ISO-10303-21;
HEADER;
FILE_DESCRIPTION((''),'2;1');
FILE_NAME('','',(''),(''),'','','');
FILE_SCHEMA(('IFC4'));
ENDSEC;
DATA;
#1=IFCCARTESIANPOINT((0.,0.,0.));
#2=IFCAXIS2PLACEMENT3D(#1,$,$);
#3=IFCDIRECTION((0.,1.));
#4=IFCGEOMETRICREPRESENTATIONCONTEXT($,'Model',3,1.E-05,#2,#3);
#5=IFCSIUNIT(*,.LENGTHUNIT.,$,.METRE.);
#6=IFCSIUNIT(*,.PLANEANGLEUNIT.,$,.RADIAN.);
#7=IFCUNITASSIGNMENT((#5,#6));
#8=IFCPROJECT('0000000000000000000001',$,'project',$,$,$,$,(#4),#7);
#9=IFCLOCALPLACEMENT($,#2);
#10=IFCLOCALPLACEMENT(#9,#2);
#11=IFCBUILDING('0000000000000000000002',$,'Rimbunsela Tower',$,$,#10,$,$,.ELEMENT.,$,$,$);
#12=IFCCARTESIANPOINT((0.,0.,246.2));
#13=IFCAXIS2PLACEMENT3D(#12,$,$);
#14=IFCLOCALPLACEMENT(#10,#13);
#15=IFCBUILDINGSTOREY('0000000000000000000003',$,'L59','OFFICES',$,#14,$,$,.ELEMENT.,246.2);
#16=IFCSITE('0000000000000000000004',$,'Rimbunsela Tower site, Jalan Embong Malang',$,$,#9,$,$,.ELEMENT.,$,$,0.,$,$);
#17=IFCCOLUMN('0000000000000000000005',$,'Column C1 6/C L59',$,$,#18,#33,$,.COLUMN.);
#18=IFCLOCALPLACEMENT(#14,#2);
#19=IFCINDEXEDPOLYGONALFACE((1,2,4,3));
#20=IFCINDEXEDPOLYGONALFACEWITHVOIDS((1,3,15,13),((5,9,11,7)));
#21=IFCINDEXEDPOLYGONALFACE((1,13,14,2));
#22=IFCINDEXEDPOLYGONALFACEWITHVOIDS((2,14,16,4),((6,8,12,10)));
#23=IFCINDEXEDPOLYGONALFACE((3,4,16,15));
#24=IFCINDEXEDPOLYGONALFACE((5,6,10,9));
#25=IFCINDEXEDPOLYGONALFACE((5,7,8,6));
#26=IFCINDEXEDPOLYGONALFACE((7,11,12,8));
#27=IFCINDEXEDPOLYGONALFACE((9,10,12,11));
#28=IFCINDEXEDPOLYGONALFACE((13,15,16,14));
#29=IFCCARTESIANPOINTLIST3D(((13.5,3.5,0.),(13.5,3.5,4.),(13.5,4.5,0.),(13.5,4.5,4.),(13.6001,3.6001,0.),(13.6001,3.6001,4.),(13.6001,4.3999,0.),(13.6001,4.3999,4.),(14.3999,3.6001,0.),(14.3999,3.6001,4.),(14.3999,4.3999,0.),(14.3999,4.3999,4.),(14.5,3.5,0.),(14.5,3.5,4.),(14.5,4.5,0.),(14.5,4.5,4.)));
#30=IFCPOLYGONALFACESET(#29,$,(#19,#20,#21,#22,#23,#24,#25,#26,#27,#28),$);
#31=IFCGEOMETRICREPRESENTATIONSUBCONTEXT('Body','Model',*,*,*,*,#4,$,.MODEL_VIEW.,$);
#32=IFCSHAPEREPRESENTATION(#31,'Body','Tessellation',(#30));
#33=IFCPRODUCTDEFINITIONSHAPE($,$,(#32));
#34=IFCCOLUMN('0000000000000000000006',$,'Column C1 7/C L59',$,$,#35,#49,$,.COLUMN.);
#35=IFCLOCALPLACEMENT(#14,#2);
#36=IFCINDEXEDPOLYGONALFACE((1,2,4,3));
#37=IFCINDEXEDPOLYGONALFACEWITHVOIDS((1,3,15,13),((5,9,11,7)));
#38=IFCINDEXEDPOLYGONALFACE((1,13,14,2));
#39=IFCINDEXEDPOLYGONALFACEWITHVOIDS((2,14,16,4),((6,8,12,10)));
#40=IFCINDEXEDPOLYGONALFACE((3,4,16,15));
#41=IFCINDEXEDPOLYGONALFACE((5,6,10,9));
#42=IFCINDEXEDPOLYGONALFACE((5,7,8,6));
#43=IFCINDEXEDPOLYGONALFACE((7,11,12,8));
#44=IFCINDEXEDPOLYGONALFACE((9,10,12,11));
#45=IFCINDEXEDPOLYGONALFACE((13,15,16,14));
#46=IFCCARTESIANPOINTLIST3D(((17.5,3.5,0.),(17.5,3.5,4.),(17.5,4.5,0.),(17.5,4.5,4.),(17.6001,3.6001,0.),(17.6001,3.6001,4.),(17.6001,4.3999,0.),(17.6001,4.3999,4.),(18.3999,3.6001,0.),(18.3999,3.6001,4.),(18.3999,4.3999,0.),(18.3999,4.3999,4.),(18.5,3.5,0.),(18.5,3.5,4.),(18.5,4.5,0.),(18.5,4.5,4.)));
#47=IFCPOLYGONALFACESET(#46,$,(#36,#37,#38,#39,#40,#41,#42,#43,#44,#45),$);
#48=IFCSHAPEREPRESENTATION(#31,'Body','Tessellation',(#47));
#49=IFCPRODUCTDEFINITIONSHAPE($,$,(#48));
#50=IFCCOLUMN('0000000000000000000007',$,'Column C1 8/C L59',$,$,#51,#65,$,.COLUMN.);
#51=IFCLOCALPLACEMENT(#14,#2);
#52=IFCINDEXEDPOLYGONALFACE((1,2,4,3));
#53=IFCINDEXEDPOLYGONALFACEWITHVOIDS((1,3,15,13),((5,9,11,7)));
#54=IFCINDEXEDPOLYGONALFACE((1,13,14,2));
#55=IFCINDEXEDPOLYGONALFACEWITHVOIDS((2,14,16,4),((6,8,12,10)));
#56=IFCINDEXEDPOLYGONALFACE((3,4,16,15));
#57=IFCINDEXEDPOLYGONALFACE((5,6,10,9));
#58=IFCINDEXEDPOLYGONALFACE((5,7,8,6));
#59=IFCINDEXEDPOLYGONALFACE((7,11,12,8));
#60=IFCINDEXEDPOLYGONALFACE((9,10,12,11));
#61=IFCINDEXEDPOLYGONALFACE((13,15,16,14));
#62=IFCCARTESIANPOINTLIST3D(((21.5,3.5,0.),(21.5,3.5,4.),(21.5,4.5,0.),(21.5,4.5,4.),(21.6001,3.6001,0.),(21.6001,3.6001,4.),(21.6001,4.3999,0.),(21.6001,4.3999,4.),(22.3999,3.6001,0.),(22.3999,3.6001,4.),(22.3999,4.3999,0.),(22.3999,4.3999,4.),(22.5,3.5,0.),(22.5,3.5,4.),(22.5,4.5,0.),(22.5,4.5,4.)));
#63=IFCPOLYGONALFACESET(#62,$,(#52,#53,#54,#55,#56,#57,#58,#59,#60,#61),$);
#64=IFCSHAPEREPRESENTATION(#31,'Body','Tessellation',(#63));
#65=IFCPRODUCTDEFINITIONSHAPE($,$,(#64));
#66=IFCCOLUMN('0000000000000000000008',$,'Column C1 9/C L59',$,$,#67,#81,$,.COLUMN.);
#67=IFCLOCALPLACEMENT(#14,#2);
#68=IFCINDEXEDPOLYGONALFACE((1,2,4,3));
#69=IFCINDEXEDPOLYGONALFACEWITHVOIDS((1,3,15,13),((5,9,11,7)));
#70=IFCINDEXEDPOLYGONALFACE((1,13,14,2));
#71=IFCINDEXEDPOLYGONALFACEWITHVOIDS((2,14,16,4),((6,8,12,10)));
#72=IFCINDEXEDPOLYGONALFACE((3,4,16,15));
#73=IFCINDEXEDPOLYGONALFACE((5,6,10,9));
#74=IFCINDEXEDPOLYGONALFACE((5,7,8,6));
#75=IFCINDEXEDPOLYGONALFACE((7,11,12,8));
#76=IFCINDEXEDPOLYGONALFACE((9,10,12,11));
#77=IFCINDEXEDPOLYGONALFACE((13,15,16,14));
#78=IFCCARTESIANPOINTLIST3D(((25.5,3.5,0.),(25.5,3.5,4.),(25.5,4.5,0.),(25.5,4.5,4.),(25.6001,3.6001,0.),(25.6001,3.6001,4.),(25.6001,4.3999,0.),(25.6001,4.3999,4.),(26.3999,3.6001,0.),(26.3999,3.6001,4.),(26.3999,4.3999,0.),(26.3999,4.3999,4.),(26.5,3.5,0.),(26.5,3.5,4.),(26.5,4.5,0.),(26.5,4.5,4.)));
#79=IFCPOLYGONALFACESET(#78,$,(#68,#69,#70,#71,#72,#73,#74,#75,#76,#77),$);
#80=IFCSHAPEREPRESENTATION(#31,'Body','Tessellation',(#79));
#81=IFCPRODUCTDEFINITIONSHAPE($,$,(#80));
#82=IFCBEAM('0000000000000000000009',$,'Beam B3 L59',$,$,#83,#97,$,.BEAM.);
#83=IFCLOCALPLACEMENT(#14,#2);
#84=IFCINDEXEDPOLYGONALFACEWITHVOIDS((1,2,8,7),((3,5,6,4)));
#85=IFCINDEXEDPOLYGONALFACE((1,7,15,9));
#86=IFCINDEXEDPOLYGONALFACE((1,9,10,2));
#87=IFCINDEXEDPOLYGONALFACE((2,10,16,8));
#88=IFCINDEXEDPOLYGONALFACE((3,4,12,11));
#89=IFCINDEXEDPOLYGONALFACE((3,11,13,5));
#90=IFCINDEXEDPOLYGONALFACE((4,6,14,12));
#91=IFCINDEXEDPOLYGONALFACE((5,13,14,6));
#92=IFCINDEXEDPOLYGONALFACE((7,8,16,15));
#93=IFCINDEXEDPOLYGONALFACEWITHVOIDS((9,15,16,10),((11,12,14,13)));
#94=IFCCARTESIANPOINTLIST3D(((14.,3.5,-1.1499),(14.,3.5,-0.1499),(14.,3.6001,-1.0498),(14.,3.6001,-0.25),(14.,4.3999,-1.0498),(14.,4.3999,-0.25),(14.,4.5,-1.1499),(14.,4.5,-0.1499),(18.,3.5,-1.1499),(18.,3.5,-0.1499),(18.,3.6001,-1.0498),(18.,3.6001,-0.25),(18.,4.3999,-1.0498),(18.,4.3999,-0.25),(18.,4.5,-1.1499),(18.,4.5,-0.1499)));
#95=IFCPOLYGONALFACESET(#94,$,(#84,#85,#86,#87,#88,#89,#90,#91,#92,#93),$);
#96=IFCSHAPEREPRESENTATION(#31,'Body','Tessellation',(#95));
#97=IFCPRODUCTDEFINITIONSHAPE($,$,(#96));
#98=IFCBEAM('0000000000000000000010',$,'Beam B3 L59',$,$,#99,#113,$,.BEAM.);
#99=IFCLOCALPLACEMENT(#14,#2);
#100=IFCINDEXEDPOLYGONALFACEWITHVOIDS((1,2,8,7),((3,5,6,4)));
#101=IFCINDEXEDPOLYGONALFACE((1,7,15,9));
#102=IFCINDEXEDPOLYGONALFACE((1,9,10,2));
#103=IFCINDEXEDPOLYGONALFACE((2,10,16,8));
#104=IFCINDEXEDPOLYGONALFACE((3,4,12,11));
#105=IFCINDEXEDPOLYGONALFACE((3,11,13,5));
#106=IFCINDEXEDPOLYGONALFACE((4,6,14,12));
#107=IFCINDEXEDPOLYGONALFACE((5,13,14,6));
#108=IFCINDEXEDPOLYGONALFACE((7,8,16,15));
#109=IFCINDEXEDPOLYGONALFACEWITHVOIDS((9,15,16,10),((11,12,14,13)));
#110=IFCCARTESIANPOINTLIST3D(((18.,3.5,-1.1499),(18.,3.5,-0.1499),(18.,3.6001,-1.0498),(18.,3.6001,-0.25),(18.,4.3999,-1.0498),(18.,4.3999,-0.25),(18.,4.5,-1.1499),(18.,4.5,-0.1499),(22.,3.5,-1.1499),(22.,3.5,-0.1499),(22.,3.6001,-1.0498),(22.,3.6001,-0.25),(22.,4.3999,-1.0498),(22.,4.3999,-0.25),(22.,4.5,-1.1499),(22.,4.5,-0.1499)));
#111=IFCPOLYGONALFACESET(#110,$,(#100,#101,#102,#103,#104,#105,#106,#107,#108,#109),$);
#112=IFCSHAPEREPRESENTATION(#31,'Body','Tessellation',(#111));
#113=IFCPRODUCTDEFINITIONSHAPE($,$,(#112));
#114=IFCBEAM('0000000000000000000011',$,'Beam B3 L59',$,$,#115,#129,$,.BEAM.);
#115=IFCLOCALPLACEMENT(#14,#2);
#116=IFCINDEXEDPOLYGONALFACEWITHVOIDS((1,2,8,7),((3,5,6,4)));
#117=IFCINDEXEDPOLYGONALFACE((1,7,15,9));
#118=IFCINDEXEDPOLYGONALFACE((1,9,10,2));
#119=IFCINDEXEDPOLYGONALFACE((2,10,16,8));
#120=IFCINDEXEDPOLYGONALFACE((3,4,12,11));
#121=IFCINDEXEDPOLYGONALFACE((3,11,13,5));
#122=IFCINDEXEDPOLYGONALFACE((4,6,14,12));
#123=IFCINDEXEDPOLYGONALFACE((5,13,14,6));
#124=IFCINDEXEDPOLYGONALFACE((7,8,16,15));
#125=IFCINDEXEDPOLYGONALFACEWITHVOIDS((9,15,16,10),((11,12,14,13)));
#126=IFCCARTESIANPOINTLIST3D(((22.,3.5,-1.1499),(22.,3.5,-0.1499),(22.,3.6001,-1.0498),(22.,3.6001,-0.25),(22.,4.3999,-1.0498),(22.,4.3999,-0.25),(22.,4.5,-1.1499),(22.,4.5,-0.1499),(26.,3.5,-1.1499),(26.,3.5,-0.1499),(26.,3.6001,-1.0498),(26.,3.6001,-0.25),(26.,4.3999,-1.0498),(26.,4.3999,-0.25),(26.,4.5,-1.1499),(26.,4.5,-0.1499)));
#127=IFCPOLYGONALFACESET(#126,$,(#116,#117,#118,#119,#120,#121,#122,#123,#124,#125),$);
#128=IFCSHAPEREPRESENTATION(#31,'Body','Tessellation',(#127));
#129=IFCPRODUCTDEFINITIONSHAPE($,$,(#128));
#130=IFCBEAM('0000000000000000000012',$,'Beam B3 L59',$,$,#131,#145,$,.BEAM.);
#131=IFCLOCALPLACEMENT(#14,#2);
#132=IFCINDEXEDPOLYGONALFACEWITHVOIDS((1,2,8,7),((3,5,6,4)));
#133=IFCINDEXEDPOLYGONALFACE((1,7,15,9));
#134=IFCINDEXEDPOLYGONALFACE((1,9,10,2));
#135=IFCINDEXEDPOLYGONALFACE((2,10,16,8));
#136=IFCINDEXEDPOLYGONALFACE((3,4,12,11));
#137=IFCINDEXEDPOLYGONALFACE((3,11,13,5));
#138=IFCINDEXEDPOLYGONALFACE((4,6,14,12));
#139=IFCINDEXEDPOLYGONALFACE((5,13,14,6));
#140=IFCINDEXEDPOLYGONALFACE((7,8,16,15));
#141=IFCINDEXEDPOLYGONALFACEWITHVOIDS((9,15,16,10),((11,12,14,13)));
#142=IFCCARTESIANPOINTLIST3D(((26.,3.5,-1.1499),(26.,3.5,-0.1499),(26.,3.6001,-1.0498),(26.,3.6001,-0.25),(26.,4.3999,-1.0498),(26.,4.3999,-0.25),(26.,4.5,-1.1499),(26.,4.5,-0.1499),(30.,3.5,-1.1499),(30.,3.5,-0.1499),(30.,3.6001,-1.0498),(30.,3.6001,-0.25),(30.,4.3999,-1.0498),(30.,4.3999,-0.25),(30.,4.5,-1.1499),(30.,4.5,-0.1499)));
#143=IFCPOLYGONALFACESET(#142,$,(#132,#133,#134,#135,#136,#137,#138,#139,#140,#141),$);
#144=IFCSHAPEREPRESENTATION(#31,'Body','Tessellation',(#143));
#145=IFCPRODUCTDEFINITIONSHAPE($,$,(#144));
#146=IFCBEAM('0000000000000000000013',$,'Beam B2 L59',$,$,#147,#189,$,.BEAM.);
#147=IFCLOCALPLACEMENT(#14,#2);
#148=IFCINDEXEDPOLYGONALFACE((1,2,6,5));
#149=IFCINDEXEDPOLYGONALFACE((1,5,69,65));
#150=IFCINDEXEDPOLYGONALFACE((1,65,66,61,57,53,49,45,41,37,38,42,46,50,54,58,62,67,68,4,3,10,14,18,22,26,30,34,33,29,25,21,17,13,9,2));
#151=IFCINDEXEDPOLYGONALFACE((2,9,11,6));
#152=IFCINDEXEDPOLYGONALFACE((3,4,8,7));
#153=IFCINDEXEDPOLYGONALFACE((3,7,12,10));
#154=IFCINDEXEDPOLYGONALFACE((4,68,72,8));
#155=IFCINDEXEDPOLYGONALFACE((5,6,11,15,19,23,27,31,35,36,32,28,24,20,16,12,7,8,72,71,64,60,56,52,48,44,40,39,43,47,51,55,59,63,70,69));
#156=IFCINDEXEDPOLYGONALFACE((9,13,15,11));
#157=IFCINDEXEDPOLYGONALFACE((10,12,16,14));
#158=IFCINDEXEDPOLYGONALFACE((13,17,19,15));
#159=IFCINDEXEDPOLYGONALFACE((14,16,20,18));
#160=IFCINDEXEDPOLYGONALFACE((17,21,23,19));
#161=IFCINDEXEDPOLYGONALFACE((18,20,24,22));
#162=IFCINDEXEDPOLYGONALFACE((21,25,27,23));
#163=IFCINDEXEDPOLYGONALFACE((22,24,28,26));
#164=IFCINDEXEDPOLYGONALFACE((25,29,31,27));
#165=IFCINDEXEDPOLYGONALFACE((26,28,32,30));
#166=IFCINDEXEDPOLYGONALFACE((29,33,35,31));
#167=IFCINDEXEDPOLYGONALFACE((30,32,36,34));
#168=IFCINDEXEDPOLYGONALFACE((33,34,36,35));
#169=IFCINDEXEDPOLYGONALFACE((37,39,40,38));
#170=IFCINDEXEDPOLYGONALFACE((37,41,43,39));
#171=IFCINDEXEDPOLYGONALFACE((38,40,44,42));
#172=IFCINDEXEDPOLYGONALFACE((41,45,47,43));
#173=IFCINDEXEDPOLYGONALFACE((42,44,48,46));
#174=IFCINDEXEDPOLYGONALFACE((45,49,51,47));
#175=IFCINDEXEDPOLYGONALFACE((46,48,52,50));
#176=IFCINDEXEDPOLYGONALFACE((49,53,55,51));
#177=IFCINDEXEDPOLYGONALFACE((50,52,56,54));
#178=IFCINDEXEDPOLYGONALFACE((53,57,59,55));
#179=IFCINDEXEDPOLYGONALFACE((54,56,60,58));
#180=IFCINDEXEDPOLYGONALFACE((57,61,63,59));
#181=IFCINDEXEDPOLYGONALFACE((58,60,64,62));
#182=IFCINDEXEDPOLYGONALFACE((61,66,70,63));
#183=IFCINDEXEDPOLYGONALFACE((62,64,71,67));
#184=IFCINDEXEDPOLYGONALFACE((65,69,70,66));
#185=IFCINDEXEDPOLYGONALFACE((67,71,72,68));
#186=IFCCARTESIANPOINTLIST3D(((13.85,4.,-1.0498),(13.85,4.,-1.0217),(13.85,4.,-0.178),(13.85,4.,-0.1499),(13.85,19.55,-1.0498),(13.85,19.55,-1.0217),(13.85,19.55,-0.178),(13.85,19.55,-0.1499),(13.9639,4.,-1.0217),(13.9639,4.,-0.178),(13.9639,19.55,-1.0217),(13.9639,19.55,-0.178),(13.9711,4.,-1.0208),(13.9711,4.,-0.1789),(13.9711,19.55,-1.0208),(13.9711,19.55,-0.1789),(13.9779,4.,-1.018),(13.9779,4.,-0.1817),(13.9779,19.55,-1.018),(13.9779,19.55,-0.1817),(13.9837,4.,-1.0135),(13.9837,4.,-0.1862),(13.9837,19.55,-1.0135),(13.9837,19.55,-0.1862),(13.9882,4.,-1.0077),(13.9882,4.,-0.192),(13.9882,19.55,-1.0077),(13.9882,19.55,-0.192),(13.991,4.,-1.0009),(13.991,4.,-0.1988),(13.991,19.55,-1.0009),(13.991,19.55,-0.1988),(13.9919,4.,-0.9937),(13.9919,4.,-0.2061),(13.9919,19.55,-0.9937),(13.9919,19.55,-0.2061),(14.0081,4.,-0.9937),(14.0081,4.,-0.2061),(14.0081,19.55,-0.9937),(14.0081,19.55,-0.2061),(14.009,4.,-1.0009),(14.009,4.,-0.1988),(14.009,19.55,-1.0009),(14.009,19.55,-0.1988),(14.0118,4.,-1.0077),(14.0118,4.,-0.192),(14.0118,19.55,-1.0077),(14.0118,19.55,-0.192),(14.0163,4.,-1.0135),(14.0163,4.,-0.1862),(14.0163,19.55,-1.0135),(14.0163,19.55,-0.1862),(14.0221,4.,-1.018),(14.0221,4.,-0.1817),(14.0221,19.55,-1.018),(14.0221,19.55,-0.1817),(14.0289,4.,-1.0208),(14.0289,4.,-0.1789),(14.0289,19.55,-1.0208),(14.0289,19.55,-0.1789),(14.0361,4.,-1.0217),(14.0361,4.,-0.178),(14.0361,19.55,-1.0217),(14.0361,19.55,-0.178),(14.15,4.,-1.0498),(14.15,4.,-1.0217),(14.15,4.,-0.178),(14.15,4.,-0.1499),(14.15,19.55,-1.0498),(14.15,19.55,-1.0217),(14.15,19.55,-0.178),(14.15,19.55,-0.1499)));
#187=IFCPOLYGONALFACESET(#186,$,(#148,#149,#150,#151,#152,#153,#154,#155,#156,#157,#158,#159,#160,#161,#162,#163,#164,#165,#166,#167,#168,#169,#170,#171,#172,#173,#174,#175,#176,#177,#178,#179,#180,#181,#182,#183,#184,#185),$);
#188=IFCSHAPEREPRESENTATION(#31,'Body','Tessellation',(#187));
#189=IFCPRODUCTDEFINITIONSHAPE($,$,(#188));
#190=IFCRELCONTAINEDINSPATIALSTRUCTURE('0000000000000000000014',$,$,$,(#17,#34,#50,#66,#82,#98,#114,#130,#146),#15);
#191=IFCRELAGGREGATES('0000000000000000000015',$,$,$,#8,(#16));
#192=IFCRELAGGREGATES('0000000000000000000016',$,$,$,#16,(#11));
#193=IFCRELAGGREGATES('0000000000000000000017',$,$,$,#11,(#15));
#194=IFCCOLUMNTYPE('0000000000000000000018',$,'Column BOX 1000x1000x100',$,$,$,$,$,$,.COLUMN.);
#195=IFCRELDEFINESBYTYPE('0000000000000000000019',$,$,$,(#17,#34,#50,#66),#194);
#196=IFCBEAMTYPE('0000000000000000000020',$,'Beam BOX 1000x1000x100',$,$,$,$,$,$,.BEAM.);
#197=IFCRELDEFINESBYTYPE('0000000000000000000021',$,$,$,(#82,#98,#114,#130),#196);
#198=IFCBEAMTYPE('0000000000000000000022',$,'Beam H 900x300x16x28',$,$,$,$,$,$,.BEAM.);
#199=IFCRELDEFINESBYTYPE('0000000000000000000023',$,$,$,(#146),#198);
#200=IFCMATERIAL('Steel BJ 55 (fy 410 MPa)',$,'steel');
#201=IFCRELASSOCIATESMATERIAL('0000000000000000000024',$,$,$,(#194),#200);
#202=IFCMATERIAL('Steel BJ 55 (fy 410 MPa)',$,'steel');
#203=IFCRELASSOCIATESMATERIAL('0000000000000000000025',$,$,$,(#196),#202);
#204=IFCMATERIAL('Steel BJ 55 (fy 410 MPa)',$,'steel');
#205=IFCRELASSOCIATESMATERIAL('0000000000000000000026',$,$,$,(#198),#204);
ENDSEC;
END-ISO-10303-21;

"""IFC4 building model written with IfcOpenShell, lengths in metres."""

from ifc_helpers import new_model, si_unit, direction, frame, origin, origin_2d, place, context, subcontext, project, spatial, hollow_rectangle, i_section, extrude, material, material_profile, profile_set, type_object, element, save


model = new_model("IFC4")

# Units and contexts
model_context = context("Model", 3, precision=1e-05, world=origin(), true_north=direction((0.0, 1.0)))
body_context = subcontext(model_context, "Body", "Model", "MODEL_VIEW")
ifc_project = project(units=[si_unit("LENGTHUNIT", "METRE"), si_unit("PLANEANGLEUNIT", "RADIAN")], contexts=[model_context])

# Site, building, storey
site_placement = place(None, origin())
site = spatial("IfcSite", under=ifc_project, at=site_placement, Name="Rimbunsela Tower site, Jalan Embong Malang", CompositionType="ELEMENT", RefElevation=0.0)
building_placement = place(site_placement, origin())
building = spatial("IfcBuilding", under=site, at=building_placement, Name="Rimbunsela Tower", CompositionType="ELEMENT")
storey_placement = place(building_placement, frame((0.0, 0.0, 246.2)))
storey = spatial("IfcBuildingStorey", under=building, at=storey_placement, Name="L59", Description="OFFICES", CompositionType="ELEMENT", Elevation=246.2)

# Columns
ifc_material_1 = material(Name="Steel BJ 55 (fy 410 MPa)", Category="steel")
ifc_material_profile_1 = material_profile(ifc_material_1, hollow_rectangle(XDim=1.0, YDim=1.0, WallThickness=0.1001, at=origin_2d()), Name="BOX 1000x1000x100")
ifc_profile_set_1 = profile_set([ifc_material_profile_1], Name="Steel BJ 55 (fy 410 MPa)")
column_type = type_object("IfcColumnType", Name="Column BOX 1000x1000x100", PredefinedType="COLUMN", material=ifc_profile_set_1)
for number, where, z_axis, x_axis, name in (
    (1, (14.0, 4.0, 0.0), (0.0, 0.0, 1.0), (1.0, 0.0, 0.0), "Column C1 6/C L59"),
    (2, (18.0, 4.0, 0.0), (0.0, 0.0, 1.0), (1.0, 0.0, 0.0), "Column C1 7/C L59"),
    (3, (22.0, 4.0, 0.0), (0.0, 0.0, 1.0), (1.0, 0.0, 0.0), "Column C1 8/C L59"),
    (4, (26.0, 4.0, 0.0), (0.0, 0.0, 1.0), (1.0, 0.0, 0.0), "Column C1 9/C L59"),
):
    element("IfcColumn", number, at=place(storey_placement, frame(where, z_axis=z_axis, x_axis=x_axis)), inside=storey, type_object=column_type, Name=name, PredefinedType="COLUMN", context=body_context, shape_type="SweptSolid", body=[
        extrude(hollow_rectangle(XDim=1.0, YDim=1.0, WallThickness=0.1001, at=origin_2d()), origin(), (0.0, 0.0, 1.0), 4.0),
    ])

# Beams
ifc_material_2 = material(Name="Steel BJ 55 (fy 410 MPa)", Category="steel")
ifc_material_profile_2 = material_profile(ifc_material_2, hollow_rectangle(XDim=1.0, YDim=1.0, WallThickness=0.1001, at=origin_2d()), Name="BOX 1000x1000x100")
ifc_profile_set_2 = profile_set([ifc_material_profile_2], Name="Steel BJ 55 (fy 410 MPa)")
beam_type_1 = type_object("IfcBeamType", Name="Beam BOX 1000x1000x100", PredefinedType="BEAM", material=ifc_profile_set_2)
for number, where, z_axis, x_axis, name in (
    (5, (14.0, 4.0, -0.6499), (1.0, 0.0, 0.0), (0.0, 1.0, 0.0), "Beam B3 L59"),
    (6, (18.0, 4.0, -0.6499), (1.0, 0.0, 0.0), (0.0, 1.0, 0.0), "Beam B3 L59"),
    (7, (22.0, 4.0, -0.6499), (1.0, 0.0, 0.0), (0.0, 1.0, 0.0), "Beam B3 L59"),
    (8, (26.0, 4.0, -0.6499), (1.0, 0.0, 0.0), (0.0, 1.0, 0.0), "Beam B3 L59"),
):
    element("IfcBeam", number, at=place(storey_placement, frame(where, z_axis=z_axis, x_axis=x_axis)), inside=storey, type_object=beam_type_1, Name=name, PredefinedType="BEAM", context=body_context, shape_type="SweptSolid", body=[
        extrude(hollow_rectangle(XDim=1.0, YDim=1.0, WallThickness=0.1001, at=origin_2d()), origin(), (0.0, 0.0, 1.0), 4.0),
    ])
ifc_material_3 = material(Name="Steel BJ 55 (fy 410 MPa)", Category="steel")
ifc_material_profile_3 = material_profile(ifc_material_3, i_section(OverallWidth=0.3, OverallDepth=0.8999, WebThickness=0.0161, FlangeThickness=0.0281, FilletRadius=0.0281, at=origin_2d()), Name="H 900x300x16x28")
ifc_profile_set_3 = profile_set([ifc_material_profile_3], Name="Steel BJ 55 (fy 410 MPa)")
beam_type_2 = type_object("IfcBeamType", Name="Beam H 900x300x16x28", PredefinedType="BEAM", material=ifc_profile_set_3)
beam_placement = place(storey_placement, frame((14.0, 4.0, -0.5999), z_axis=(0.0, 1.0, 0.0), x_axis=(-1.0, 0.0, 0.0)))
element("IfcBeam", 9, at=beam_placement, inside=storey, type_object=beam_type_2, Name="Beam B2 L59", PredefinedType="BEAM", context=body_context, shape_type="SweptSolid", body=[
    extrude(i_section(OverallWidth=0.3, OverallDepth=0.8999, WebThickness=0.0161, FlangeThickness=0.0281, FilletRadius=0.0281, at=origin_2d()), origin(), (0.0, 0.0, 1.0), 15.55),
])

save(model, "model.ifc")
